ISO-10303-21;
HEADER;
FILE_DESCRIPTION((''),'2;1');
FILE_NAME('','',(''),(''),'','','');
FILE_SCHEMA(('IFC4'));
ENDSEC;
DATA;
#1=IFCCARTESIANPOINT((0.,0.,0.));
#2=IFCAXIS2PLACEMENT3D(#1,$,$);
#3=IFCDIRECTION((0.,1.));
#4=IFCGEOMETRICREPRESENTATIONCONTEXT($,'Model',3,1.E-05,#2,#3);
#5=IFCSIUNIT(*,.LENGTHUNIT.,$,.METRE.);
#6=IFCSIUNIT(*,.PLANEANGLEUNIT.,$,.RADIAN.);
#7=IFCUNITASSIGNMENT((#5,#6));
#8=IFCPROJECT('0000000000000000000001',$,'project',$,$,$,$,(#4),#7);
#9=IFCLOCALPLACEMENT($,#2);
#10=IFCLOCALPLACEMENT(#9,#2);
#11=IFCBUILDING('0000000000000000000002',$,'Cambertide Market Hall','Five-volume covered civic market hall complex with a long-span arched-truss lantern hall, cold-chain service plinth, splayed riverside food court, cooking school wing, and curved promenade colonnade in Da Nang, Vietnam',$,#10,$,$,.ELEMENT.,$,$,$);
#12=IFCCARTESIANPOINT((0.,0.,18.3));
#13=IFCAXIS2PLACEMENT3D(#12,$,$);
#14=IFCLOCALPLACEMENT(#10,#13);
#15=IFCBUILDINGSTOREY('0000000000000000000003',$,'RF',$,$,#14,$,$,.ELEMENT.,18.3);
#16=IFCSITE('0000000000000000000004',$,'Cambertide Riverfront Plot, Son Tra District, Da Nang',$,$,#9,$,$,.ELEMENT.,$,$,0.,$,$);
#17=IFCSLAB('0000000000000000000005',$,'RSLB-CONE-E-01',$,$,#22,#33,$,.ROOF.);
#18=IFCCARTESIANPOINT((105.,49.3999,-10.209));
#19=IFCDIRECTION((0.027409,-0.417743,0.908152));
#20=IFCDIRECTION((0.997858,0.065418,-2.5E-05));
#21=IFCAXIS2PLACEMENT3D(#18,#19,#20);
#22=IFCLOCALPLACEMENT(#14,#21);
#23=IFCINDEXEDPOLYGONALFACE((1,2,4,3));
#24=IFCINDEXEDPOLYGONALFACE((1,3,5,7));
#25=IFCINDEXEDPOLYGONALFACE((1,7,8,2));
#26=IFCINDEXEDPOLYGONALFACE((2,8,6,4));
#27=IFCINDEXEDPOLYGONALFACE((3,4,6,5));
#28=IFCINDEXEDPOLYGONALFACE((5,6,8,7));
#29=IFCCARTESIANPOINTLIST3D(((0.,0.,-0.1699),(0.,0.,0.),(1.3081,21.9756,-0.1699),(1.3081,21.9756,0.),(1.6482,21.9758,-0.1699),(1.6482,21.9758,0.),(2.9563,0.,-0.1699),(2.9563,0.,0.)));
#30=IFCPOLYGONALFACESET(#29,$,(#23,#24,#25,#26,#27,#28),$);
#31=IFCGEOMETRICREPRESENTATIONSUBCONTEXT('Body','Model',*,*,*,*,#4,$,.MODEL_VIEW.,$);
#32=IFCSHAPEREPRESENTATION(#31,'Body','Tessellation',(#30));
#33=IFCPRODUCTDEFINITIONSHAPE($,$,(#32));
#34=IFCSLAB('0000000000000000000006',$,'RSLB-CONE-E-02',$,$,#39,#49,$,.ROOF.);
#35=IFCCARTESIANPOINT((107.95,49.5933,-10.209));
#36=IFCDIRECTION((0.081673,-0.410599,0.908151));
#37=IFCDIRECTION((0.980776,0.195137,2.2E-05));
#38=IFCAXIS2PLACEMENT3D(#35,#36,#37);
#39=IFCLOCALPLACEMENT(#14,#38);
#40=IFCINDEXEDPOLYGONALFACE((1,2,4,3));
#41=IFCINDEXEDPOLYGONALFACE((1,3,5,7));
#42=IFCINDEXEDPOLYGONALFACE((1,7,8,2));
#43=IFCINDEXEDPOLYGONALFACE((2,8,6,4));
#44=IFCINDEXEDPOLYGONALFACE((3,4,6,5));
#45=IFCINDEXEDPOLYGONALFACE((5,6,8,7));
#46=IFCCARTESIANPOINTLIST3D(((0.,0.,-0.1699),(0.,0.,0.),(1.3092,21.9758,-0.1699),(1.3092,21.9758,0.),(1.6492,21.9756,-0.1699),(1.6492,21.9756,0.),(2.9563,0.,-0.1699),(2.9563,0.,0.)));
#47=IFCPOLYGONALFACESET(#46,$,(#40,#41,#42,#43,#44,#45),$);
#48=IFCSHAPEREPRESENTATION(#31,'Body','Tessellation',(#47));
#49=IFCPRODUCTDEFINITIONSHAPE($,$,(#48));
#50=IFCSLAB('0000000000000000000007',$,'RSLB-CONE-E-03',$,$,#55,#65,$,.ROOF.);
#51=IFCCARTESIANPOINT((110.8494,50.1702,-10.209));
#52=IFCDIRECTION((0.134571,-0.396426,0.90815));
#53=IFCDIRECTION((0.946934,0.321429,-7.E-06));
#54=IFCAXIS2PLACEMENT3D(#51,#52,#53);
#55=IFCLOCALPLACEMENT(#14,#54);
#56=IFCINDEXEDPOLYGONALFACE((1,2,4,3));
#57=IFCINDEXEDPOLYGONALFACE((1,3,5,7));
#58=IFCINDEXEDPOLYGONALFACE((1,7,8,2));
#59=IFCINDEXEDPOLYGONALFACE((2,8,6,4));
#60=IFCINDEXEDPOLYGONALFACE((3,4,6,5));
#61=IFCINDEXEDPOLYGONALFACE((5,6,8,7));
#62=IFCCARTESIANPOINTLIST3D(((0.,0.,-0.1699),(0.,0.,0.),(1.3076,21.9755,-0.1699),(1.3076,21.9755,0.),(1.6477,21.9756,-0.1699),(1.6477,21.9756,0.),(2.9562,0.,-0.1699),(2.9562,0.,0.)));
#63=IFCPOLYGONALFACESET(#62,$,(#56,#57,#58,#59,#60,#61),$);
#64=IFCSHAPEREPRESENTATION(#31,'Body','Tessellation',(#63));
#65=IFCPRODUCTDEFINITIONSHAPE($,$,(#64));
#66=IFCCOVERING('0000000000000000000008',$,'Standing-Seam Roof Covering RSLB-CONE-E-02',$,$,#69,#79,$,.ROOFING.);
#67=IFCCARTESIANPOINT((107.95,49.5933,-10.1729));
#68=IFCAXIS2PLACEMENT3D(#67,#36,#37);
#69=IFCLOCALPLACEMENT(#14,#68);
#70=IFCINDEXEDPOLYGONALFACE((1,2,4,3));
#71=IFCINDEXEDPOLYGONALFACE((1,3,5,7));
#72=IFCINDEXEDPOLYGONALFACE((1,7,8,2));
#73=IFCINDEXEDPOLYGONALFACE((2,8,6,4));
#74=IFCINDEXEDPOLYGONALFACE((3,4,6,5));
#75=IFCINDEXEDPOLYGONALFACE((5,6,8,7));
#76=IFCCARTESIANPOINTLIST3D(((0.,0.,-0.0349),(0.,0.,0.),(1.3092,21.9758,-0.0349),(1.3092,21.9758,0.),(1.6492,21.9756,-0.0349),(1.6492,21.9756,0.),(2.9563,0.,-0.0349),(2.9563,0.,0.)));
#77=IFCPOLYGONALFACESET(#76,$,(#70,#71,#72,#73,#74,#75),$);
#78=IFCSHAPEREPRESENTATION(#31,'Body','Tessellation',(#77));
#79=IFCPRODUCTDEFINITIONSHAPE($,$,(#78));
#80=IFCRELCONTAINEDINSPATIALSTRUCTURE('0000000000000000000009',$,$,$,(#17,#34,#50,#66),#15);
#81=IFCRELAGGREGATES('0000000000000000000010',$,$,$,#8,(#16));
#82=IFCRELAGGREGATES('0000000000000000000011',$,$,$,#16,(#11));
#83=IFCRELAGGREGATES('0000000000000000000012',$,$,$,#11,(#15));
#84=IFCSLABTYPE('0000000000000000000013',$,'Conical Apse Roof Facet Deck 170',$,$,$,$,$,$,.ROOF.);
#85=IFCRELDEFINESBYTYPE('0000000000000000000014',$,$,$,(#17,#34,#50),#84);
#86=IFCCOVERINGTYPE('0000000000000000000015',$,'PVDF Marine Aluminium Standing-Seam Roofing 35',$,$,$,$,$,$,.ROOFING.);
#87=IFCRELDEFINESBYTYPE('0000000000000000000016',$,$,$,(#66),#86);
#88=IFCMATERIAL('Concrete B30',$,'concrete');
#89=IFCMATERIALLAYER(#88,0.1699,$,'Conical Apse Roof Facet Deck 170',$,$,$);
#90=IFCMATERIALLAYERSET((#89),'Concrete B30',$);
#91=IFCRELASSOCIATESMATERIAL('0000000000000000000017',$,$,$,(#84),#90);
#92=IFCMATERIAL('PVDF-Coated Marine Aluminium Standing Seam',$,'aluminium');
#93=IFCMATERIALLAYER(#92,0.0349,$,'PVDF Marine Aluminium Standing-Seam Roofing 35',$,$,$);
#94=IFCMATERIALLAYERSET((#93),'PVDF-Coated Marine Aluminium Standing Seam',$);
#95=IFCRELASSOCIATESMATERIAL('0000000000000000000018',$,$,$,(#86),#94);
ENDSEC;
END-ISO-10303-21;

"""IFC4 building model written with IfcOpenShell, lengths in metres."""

from ifc_helpers import new_model, si_unit, direction, frame, origin, place, context, subcontext, project, spatial, polyline, outline, extrude, material, layer, layer_set, type_object, element, save


model = new_model("IFC4")

# Units and contexts
model_context = context("Model", 3, precision=1e-05, world=origin(), true_north=direction((0.0, 1.0)))
body_context = subcontext(model_context, "Body", "Model", "MODEL_VIEW")
ifc_project = project(units=[si_unit("LENGTHUNIT", "METRE"), si_unit("PLANEANGLEUNIT", "RADIAN")], contexts=[model_context])

# Site, building, storey
site_placement = place(None, origin())
site = spatial("IfcSite", under=ifc_project, at=site_placement, Name="Cambertide Riverfront Plot, Son Tra District, Da Nang", CompositionType="ELEMENT", RefElevation=0.0)
building_placement = place(site_placement, origin())
building = spatial("IfcBuilding", under=site, at=building_placement, Name="Cambertide Market Hall", Description="Five-volume covered civic market hall complex with a long-span arched-truss lantern hall, cold-chain service plinth, splayed riverside food court, cooking school wing, and curved promenade colonnade in Da Nang, Vietnam", CompositionType="ELEMENT")
storey_placement = place(building_placement, frame((0.0, 0.0, 18.3)))
storey = spatial("IfcBuildingStorey", under=building, at=storey_placement, Name="RF", CompositionType="ELEMENT", Elevation=18.3)

# Slabs
ifc_material_1 = material(Name="Concrete B30", Category="concrete")
ifc_layer_1 = layer(ifc_material_1, 0.1699, Name="Conical Apse Roof Facet Deck 170")
ifc_layer_set_1 = layer_set([ifc_layer_1], Name="Concrete B30")
slab_type_1 = type_object("IfcSlabType", Name="Conical Apse Roof Facet Deck 170", PredefinedType="ROOF", material=ifc_layer_set_1)
slab_1_placement = place(storey_placement, frame((105.0, 49.3999, -10.209), z_axis=(0.027409, -0.417743, 0.908152), x_axis=(0.997858, 0.065418, -0.000025)))
element("IfcSlab", 1, at=slab_1_placement, inside=storey, type_object=slab_type_1, Name="RSLB-CONE-E-01", PredefinedType="ROOF", context=body_context, shape_type="SweptSolid", body=[
    extrude(outline(polyline([(0.0, 0.0), (2.9563, 0.0), (1.6482, 21.9758), (1.3081, 21.9756), (0.0, 0.0)])), origin(), (0.0, 0.0, -1.0), 0.1699),
])
slab_2_placement = place(storey_placement, frame((107.95, 49.5933, -10.209), z_axis=(0.081673, -0.410599, 0.908151), x_axis=(0.980776, 0.195137, 0.000022)))
element("IfcSlab", 2, at=slab_2_placement, inside=storey, type_object=slab_type_1, Name="RSLB-CONE-E-02", PredefinedType="ROOF", context=body_context, shape_type="SweptSolid", body=[
    extrude(outline(polyline([(0.0, 0.0), (2.9563, 0.0), (1.6492, 21.9756), (1.3092, 21.9758), (0.0, 0.0)])), origin(), (0.0, 0.0, -1.0), 0.1699),
])
slab_3_placement = place(storey_placement, frame((110.8494, 50.1702, -10.209), z_axis=(0.134571, -0.396426, 0.90815), x_axis=(0.946934, 0.321429, -0.000007)))
element("IfcSlab", 3, at=slab_3_placement, inside=storey, type_object=slab_type_1, Name="RSLB-CONE-E-03", PredefinedType="ROOF", context=body_context, shape_type="SweptSolid", body=[
    extrude(outline(polyline([(0.0, 0.0), (2.9562, 0.0), (1.6477, 21.9756), (1.3076, 21.9755), (0.0, 0.0)])), origin(), (0.0, 0.0, -1.0), 0.1699),
])

# Covering
ifc_material_2 = material(Name="PVDF-Coated Marine Aluminium Standing Seam", Category="aluminium")
ifc_layer_2 = layer(ifc_material_2, 0.0349, Name="PVDF Marine Aluminium Standing-Seam Roofing 35")
ifc_layer_set_2 = layer_set([ifc_layer_2], Name="PVDF-Coated Marine Aluminium Standing Seam")
covering_type = type_object("IfcCoveringType", Name="PVDF Marine Aluminium Standing-Seam Roofing 35", PredefinedType="ROOFING", material=ifc_layer_set_2)
covering_1_placement = place(storey_placement, frame((107.95, 49.5933, -10.1729), z_axis=(0.081673, -0.410599, 0.908151), x_axis=(0.980776, 0.195137, 0.000022)))
element("IfcCovering", 4, at=covering_1_placement, inside=storey, type_object=covering_type, Name="Standing-Seam Roof Covering RSLB-CONE-E-02", PredefinedType="ROOFING", context=body_context, shape_type="SweptSolid", body=[
    extrude(outline(polyline([(0.0, 0.0), (2.9563, 0.0), (1.6492, 21.9756), (1.3092, 21.9758), (0.0, 0.0)])), origin(), (0.0, 0.0, -1.0), 0.0349),
])

save(model, "model.ifc")
